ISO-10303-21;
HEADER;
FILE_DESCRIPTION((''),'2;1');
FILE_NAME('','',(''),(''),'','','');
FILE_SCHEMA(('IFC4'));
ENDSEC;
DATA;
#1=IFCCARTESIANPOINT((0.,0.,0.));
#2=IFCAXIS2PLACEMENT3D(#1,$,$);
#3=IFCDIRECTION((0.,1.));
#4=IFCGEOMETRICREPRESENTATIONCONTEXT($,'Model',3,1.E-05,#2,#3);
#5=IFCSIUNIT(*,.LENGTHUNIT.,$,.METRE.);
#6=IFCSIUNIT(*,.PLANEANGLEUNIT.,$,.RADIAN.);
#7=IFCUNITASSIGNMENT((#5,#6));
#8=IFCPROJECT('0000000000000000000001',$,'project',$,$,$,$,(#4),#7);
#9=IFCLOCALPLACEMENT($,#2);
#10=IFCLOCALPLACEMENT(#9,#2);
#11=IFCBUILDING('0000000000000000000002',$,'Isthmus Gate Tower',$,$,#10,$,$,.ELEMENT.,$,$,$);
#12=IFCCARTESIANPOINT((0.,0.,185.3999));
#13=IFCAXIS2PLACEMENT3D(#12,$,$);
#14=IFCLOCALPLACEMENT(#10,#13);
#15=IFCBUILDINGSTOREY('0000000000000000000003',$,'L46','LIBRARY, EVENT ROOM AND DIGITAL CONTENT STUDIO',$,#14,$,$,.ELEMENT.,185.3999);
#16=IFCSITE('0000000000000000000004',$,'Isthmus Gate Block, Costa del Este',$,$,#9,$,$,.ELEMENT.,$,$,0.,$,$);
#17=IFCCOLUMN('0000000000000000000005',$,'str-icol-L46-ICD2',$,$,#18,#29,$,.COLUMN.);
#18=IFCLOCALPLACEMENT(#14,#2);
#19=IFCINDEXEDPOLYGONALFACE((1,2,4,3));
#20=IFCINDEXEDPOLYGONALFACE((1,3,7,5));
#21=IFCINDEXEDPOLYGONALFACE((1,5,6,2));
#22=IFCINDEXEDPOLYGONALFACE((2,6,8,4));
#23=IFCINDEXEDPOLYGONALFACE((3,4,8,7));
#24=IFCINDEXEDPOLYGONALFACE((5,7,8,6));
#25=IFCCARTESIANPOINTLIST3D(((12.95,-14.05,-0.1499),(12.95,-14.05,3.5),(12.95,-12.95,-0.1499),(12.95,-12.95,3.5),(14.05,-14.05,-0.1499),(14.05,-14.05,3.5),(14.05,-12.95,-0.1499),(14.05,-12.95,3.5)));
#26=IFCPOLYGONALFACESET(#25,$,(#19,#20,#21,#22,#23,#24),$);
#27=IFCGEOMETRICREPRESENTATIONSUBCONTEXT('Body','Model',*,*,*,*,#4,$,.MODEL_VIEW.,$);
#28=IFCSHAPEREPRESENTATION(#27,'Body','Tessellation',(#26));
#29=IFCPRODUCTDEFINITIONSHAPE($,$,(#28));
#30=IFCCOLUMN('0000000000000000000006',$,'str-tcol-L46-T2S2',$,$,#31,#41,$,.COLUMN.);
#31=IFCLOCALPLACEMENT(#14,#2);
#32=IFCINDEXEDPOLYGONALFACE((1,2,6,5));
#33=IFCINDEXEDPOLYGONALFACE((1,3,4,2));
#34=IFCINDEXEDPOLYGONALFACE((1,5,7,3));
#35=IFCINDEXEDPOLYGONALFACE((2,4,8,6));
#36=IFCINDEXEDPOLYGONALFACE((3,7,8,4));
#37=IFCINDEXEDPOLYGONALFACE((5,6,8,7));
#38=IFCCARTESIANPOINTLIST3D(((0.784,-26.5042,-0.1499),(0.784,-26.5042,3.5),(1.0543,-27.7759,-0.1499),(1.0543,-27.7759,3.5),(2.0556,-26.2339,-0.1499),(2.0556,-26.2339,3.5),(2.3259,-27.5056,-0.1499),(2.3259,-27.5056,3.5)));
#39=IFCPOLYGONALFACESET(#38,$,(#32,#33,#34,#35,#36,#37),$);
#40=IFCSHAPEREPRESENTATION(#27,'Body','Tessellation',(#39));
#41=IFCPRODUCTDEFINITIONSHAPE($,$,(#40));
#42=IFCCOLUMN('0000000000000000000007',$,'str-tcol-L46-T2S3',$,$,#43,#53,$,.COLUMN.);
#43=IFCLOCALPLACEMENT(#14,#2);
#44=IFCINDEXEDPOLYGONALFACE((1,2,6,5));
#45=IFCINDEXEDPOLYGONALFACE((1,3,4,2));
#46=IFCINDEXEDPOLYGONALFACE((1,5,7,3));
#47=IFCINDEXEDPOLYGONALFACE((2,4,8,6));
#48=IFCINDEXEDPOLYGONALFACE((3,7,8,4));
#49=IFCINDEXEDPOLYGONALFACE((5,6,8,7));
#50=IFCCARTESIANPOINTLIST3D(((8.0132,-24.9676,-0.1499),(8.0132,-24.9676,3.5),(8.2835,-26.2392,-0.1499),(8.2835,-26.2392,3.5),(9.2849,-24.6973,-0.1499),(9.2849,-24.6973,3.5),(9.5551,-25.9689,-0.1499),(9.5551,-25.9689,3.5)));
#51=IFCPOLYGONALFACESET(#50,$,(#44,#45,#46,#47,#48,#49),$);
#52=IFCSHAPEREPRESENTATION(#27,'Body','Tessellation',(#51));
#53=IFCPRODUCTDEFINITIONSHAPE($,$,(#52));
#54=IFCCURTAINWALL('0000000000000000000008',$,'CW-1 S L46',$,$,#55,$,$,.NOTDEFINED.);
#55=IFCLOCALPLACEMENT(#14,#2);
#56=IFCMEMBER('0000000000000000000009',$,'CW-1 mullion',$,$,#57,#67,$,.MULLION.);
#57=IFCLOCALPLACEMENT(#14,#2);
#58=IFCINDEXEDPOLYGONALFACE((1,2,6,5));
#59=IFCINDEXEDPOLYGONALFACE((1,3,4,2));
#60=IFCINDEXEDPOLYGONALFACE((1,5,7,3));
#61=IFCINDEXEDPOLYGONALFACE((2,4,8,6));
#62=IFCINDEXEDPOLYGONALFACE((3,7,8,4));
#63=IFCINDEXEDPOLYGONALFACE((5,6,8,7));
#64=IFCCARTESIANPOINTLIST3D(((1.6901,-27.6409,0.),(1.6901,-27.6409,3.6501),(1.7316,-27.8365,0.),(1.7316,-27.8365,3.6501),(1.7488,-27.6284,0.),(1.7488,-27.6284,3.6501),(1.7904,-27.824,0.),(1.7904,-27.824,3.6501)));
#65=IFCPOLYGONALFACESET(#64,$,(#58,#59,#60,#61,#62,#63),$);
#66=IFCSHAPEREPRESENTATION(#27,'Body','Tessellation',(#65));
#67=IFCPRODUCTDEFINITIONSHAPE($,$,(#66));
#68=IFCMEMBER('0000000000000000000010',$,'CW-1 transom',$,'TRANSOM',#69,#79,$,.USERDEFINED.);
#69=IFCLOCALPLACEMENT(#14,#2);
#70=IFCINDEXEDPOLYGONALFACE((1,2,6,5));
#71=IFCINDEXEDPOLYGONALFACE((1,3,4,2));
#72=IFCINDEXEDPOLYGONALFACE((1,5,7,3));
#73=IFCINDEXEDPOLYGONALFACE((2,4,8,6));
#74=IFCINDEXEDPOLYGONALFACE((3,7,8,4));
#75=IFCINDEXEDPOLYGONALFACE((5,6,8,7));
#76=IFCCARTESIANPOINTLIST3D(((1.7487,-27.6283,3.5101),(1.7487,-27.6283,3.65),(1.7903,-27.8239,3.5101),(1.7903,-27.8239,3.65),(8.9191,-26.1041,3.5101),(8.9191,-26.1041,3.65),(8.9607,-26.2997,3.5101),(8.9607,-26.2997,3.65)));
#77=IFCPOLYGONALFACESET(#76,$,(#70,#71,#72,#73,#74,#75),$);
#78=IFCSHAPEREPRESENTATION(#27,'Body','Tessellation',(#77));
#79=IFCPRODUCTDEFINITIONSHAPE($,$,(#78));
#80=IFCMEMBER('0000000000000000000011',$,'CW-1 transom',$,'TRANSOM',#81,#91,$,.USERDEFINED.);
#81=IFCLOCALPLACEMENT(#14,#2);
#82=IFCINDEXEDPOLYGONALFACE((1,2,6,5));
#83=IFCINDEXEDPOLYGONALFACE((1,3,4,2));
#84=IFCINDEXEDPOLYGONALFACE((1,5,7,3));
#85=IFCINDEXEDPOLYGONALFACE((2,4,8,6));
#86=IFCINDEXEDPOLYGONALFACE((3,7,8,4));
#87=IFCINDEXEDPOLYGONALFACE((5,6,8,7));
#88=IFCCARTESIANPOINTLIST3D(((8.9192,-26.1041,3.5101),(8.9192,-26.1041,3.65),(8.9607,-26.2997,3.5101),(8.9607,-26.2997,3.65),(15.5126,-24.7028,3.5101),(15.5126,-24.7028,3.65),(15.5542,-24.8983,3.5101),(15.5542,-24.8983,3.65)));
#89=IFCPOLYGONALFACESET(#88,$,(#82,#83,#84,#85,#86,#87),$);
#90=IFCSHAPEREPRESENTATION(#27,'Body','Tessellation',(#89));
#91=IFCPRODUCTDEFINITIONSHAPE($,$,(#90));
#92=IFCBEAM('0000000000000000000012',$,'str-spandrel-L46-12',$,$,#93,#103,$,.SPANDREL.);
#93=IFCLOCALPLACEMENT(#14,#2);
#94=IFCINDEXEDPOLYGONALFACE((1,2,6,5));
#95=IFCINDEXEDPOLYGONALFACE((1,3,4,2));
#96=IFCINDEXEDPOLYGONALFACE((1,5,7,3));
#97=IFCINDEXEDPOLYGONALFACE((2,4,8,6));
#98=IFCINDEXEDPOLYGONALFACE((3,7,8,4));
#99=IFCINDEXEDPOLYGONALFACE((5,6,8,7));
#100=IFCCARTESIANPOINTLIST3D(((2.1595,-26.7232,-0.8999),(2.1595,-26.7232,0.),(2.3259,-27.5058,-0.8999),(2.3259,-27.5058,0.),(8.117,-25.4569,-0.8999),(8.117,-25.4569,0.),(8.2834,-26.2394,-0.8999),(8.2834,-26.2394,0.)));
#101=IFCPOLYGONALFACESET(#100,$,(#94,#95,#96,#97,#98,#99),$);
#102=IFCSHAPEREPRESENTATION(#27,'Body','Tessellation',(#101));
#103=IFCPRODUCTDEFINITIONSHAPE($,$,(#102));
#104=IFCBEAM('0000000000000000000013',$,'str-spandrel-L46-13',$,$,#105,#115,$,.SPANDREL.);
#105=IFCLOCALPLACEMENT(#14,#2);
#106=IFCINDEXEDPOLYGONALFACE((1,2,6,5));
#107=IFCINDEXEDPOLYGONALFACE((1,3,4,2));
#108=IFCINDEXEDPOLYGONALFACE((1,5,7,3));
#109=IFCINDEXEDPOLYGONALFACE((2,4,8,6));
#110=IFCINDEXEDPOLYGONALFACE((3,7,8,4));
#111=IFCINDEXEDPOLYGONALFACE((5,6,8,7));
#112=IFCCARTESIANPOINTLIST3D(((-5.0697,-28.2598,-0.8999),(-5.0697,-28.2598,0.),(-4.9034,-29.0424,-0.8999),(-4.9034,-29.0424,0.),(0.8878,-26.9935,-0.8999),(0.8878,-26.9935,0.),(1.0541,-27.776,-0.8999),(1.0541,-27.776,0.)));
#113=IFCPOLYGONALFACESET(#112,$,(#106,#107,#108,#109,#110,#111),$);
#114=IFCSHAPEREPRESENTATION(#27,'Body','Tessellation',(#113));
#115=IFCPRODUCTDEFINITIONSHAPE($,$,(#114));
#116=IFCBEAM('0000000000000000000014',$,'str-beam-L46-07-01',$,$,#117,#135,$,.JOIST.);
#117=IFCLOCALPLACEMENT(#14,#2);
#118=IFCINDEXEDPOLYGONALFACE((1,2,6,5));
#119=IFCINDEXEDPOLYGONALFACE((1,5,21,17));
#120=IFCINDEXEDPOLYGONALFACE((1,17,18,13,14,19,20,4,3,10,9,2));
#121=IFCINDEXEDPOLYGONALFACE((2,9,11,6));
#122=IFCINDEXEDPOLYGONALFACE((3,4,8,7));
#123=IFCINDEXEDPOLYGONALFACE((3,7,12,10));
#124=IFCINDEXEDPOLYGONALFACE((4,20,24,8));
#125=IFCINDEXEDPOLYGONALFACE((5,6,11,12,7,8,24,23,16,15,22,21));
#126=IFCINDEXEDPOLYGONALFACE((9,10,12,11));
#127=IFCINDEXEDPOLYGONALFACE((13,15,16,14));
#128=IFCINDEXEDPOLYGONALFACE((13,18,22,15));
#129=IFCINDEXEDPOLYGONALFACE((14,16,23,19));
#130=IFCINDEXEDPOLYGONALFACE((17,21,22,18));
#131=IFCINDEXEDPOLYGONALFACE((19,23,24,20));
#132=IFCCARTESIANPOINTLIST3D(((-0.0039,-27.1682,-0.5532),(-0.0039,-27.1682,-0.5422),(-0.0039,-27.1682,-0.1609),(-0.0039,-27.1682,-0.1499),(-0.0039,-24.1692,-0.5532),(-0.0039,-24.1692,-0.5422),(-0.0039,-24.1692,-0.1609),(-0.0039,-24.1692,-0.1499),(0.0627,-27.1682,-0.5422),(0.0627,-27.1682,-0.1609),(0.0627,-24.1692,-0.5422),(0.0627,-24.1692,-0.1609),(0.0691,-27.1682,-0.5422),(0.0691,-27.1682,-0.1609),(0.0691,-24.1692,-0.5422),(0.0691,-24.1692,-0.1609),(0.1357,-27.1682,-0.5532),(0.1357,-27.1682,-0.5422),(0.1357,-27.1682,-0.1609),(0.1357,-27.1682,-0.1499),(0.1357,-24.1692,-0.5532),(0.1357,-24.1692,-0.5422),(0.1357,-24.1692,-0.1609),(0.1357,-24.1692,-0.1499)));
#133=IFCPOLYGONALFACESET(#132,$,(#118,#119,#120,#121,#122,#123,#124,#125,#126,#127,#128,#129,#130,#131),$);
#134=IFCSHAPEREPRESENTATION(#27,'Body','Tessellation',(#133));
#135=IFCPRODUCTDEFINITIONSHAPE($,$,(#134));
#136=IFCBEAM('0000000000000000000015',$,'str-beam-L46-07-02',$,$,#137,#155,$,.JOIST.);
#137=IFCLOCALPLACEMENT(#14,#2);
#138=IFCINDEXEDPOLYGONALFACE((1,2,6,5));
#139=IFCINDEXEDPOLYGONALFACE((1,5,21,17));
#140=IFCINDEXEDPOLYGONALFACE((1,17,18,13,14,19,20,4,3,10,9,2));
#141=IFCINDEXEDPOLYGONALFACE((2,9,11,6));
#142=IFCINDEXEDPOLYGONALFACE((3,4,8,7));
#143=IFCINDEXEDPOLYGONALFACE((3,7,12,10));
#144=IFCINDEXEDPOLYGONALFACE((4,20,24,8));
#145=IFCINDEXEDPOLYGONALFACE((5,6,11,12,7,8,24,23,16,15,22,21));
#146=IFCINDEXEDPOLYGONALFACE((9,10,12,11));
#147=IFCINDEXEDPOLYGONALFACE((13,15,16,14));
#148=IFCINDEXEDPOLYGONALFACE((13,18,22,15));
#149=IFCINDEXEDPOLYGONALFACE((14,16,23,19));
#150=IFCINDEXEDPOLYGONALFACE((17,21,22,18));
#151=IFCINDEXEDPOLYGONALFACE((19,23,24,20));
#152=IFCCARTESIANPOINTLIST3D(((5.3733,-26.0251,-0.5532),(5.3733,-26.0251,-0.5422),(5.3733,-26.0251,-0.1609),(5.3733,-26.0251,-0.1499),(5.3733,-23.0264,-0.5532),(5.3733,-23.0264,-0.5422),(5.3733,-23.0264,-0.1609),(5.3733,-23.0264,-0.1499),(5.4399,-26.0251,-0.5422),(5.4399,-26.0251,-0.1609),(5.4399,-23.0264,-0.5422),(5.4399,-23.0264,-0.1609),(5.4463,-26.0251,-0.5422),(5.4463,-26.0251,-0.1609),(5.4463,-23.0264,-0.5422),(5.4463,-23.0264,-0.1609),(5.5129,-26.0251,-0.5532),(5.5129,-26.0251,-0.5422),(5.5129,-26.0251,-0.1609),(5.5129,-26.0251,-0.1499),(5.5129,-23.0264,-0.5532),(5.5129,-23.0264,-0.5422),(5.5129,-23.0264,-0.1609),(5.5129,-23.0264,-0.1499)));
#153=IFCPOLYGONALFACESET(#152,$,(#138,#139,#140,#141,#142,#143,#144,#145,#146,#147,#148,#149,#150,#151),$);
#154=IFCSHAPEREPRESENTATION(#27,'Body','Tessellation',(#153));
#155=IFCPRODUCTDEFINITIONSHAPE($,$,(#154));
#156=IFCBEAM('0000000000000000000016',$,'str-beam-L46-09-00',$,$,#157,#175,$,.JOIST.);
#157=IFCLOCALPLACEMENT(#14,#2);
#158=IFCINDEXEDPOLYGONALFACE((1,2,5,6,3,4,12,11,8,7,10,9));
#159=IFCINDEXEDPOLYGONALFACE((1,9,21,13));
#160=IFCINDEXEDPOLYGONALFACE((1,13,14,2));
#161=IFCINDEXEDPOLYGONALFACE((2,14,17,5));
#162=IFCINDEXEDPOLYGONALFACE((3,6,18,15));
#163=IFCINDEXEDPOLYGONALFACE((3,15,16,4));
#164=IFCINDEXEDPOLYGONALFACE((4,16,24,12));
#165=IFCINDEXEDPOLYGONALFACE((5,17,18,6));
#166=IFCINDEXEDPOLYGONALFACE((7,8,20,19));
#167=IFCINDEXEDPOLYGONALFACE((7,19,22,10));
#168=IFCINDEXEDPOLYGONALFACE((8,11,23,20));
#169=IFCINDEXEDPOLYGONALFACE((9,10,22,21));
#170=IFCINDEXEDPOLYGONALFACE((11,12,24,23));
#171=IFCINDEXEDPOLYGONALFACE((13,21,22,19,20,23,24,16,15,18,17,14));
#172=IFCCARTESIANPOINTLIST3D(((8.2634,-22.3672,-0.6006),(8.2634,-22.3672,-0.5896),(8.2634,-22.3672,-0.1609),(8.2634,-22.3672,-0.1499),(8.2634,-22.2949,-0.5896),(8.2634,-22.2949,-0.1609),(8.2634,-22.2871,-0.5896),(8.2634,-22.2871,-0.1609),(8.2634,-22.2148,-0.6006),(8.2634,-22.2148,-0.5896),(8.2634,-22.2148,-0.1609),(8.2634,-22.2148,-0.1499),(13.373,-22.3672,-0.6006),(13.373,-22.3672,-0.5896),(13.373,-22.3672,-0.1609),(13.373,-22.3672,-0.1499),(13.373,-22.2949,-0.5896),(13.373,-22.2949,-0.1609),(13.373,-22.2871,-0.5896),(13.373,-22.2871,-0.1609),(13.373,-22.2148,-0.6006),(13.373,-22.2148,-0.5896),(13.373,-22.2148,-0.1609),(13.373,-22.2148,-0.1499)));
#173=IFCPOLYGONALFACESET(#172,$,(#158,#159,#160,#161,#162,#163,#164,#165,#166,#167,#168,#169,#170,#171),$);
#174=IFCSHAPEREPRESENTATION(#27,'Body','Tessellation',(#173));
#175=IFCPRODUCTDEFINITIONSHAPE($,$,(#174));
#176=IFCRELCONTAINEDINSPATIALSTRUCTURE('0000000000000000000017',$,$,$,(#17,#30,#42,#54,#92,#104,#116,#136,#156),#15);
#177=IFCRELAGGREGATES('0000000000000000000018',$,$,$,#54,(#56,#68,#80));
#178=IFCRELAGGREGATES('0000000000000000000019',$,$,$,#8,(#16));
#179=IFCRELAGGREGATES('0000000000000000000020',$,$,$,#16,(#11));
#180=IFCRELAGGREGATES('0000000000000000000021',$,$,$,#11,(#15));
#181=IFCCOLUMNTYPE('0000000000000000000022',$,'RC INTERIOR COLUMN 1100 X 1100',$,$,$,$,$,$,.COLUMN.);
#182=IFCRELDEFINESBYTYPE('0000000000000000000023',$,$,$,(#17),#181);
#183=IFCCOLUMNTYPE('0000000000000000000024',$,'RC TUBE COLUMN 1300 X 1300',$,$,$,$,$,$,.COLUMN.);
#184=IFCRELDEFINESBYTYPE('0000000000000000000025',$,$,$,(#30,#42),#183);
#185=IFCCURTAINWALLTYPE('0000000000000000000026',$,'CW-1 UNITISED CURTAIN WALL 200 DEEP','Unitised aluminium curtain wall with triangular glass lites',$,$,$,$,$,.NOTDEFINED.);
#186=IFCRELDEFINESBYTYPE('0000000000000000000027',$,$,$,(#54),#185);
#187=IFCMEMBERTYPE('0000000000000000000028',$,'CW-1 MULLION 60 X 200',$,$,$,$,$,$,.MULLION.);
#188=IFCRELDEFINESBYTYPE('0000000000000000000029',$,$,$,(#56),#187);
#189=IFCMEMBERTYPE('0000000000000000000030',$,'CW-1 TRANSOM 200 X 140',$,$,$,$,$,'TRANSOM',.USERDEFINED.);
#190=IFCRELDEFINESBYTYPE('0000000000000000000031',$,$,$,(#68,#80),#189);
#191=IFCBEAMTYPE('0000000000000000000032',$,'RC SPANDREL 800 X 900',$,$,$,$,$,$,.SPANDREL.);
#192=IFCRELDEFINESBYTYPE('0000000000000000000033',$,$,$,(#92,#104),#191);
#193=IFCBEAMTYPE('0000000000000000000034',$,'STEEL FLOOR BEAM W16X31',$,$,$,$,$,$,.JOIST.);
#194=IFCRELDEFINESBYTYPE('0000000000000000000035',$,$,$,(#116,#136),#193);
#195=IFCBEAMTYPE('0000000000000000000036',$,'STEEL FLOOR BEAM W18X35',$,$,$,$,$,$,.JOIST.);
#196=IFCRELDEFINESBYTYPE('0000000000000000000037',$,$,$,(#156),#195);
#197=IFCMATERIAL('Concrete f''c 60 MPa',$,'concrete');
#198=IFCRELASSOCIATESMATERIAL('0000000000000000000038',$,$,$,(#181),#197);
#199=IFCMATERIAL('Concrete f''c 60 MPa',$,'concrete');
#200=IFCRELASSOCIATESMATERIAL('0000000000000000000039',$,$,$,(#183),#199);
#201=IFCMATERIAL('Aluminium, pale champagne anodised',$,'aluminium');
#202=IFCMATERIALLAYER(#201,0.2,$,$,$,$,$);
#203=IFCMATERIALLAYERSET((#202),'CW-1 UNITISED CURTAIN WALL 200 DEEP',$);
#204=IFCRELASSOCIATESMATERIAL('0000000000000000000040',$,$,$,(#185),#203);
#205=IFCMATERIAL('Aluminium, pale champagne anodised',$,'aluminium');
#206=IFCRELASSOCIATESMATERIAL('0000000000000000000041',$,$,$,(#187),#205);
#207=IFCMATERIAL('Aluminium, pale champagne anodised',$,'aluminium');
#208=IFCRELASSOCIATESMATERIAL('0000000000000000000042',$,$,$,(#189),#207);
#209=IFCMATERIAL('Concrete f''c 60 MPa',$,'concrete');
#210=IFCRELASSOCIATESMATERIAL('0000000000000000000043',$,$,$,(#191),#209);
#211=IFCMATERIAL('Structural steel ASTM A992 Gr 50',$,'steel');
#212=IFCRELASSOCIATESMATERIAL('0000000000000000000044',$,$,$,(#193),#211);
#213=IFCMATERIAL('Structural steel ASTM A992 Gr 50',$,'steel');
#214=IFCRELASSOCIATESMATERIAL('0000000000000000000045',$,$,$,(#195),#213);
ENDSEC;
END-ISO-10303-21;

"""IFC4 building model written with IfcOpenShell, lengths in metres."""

from ifc_helpers import new_model, si_unit, direction, frame, origin, origin_2d, place, context, subcontext, project, spatial, rectangle, i_section, extrude, material, layer, layer_set, material_profile, profile_set, type_object, element, aggregate, save


model = new_model("IFC4")

# Units and contexts
model_context = context("Model", 3, precision=1e-05, world=origin(), true_north=direction((0.0, 1.0)))
body_context = subcontext(model_context, "Body", "Model", "MODEL_VIEW")
ifc_project = project(units=[si_unit("LENGTHUNIT", "METRE"), si_unit("PLANEANGLEUNIT", "RADIAN")], contexts=[model_context])

# Site, building, storey
site_placement = place(None, origin())
site = spatial("IfcSite", under=ifc_project, at=site_placement, Name="Isthmus Gate Block, Costa del Este", CompositionType="ELEMENT", RefElevation=0.0)
building_placement = place(site_placement, origin())
building = spatial("IfcBuilding", under=site, at=building_placement, Name="Isthmus Gate Tower", CompositionType="ELEMENT")
storey_placement = place(building_placement, frame((0.0, 0.0, 185.3999)))
storey = spatial("IfcBuildingStorey", under=building, at=storey_placement, Name="L46", Description="LIBRARY, EVENT ROOM AND DIGITAL CONTENT STUDIO", CompositionType="ELEMENT", Elevation=185.3999)

# Columns
ifc_material_1 = material(Name="Concrete f'c 60 MPa", Category="concrete")
ifc_material_profile_1 = material_profile(ifc_material_1, rectangle(XDim=1.1001, YDim=1.1001, at=origin_2d()), Name="RC 1100X1100")
ifc_profile_set_1 = profile_set([ifc_material_profile_1], Name="Concrete f'c 60 MPa")
column_type_1 = type_object("IfcColumnType", Name="RC INTERIOR COLUMN 1100 X 1100", PredefinedType="COLUMN", material=ifc_profile_set_1)
column_placement = place(storey_placement, frame((13.5, -13.5, -0.1499), z_axis=(0.0, 0.0, 1.0), x_axis=(1.0, 0.0, 0.0)))
element("IfcColumn", 1, at=column_placement, inside=storey, type_object=column_type_1, Name="str-icol-L46-ICD2", PredefinedType="COLUMN", context=body_context, shape_type="SweptSolid", body=[
    extrude(rectangle(XDim=1.1001, YDim=1.1001, at=origin_2d()), origin(), (0.0, 0.0, 1.0), 3.6499),
])
ifc_material_2 = material(Name="Concrete f'c 60 MPa", Category="concrete")
ifc_material_profile_2 = material_profile(ifc_material_2, rectangle(XDim=1.3, YDim=1.3, at=origin_2d()), Name="RC 1300X1300")
ifc_profile_set_2 = profile_set([ifc_material_profile_2], Name="Concrete f'c 60 MPa")
column_type_2 = type_object("IfcColumnType", Name="RC TUBE COLUMN 1300 X 1300", PredefinedType="COLUMN", material=ifc_profile_set_2)
for number, where, z_axis, x_axis, name in (
    (2, (1.5549, -27.0049, -0.1499), (0.0, 0.0, 1.0), (0.978148, 0.207912, 0.0), "str-tcol-L46-T2S2"),
    (3, (8.7842, -25.4683, -0.1499), (0.0, 0.0, 1.0), (0.978148, 0.207912, 0.0), "str-tcol-L46-T2S3"),
):
    element("IfcColumn", number, at=place(storey_placement, frame(where, z_axis=z_axis, x_axis=x_axis)), inside=storey, type_object=column_type_2, Name=name, PredefinedType="COLUMN", context=body_context, shape_type="SweptSolid", body=[
        extrude(rectangle(XDim=1.3, YDim=1.3, at=origin_2d()), origin(), (0.0, 0.0, 1.0), 3.6499),
    ])

# Curtain wall, members
ifc_material_3 = material(Name="Aluminium, pale champagne anodised", Category="aluminium")
ifc_layer_1 = layer(ifc_material_3, 0.2)
ifc_layer_set_1 = layer_set([ifc_layer_1], Name="CW-1 UNITISED CURTAIN WALL 200 DEEP")
curtain_wall_type = type_object("IfcCurtainWallType", Name="CW-1 UNITISED CURTAIN WALL 200 DEEP", Description="Unitised aluminium curtain wall with triangular glass lites", PredefinedType="NOTDEFINED", material=ifc_layer_set_1)
curtain_wall_placement = place(storey_placement, origin())
curtain_wall = element("IfcCurtainWall", 4, at=curtain_wall_placement, inside=storey, type_object=curtain_wall_type, Name="CW-1 S L46", PredefinedType="NOTDEFINED")
ifc_material_4 = material(Name="Aluminium, pale champagne anodised", Category="aluminium")
ifc_material_profile_3 = material_profile(ifc_material_4, rectangle(XDim=0.0601, YDim=0.2, at=origin_2d()), Name="60x200")
ifc_profile_set_3 = profile_set([ifc_material_profile_3], Name="Aluminium, pale champagne anodised")
member_type_1 = type_object("IfcMemberType", Name="CW-1 MULLION 60 X 200", PredefinedType="MULLION", material=ifc_profile_set_3)
member_1_placement = place(storey_placement, frame((1.7402, -27.7324, 0.0), z_axis=(0.0, 0.0, 1.0), x_axis=(0.978148, 0.207912, 0.0)))
member_1 = element("IfcMember", 5, at=member_1_placement, type_object=member_type_1, Name="CW-1 mullion", PredefinedType="MULLION", context=body_context, shape_type="SweptSolid", body=[
    extrude(rectangle(XDim=0.0601, YDim=0.2, at=origin_2d()), origin(), (0.0, 0.0, 1.0), 3.6501),
])
ifc_material_5 = material(Name="Aluminium, pale champagne anodised", Category="aluminium")
ifc_material_profile_4 = material_profile(ifc_material_5, rectangle(XDim=0.2, YDim=0.1399, at=origin_2d()), Name="200x140")
ifc_profile_set_4 = profile_set([ifc_material_profile_4], Name="Aluminium, pale champagne anodised")
member_type_2 = type_object("IfcMemberType", Name="CW-1 TRANSOM 200 X 140", ElementType="TRANSOM", PredefinedType="USERDEFINED", material=ifc_profile_set_4)
member_2_placement = place(storey_placement, frame((1.7695, -27.7261, 3.5801), z_axis=(0.978146, 0.207919, 0.0), x_axis=(-0.207919, 0.978146, 0.0)))
member_2 = element("IfcMember", 6, at=member_2_placement, type_object=member_type_2, Name="CW-1 transom", ObjectType="TRANSOM", PredefinedType="USERDEFINED", context=body_context, shape_type="SweptSolid", body=[
    extrude(rectangle(XDim=0.2, YDim=0.1399, at=origin_2d()), origin(), (0.0, 0.0, 1.0), 7.3306),
])
member_3_placement = place(storey_placement, frame((8.9399, -26.2019, 3.5801), z_axis=(0.978151, 0.207894, 0.0), x_axis=(-0.207894, 0.978151, 0.0)))
member_3 = element("IfcMember", 7, at=member_3_placement, type_object=member_type_2, Name="CW-1 transom", ObjectType="TRANSOM", PredefinedType="USERDEFINED", context=body_context, shape_type="SweptSolid", body=[
    extrude(rectangle(XDim=0.2, YDim=0.1399, at=origin_2d()), origin(), (0.0, 0.0, 1.0), 6.7407),
])

# Beams
ifc_material_6 = material(Name="Concrete f'c 60 MPa", Category="concrete")
ifc_material_profile_5 = material_profile(ifc_material_6, rectangle(XDim=0.8, YDim=0.8999, at=origin_2d()), Name="RC 800X900")
ifc_profile_set_5 = profile_set([ifc_material_profile_5], Name="Concrete f'c 60 MPa")
beam_type_1 = type_object("IfcBeamType", Name="RC SPANDREL 800 X 900", PredefinedType="SPANDREL", material=ifc_profile_set_5)
for number, where, z_axis, x_axis, name in (
    (8, (8.2002, -25.8481, -0.45), (-0.978146, -0.207919, 0.0), (0.207919, -0.978146, 0.0), "str-spandrel-L46-12"),
    (9, (0.9709, -27.3848, -0.45), (-0.978146, -0.207919, 0.0), (0.207919, -0.978146, 0.0), "str-spandrel-L46-13"),
):
    element("IfcBeam", number, at=place(storey_placement, frame(where, z_axis=z_axis, x_axis=x_axis)), inside=storey, type_object=beam_type_1, Name=name, PredefinedType="SPANDREL", context=body_context, shape_type="SweptSolid", body=[
        extrude(rectangle(XDim=0.8, YDim=0.8999, at=origin_2d()), origin(), (0.0, 0.0, 1.0), 6.0906),
    ])
ifc_material_7 = material(Name="Structural steel ASTM A992 Gr 50", Category="steel")
ifc_material_profile_6 = material_profile(ifc_material_7, i_section(OverallWidth=0.1396, OverallDepth=0.4033, WebThickness=0.0063, FlangeThickness=0.011, at=origin_2d()), Name="W16X31")
ifc_profile_set_6 = profile_set([ifc_material_profile_6], Name="Structural steel ASTM A992 Gr 50")
beam_type_2 = type_object("IfcBeamType", Name="STEEL FLOOR BEAM W16X31", PredefinedType="JOIST", material=ifc_profile_set_6)
beam_1_placement = place(storey_placement, frame((0.0659, -27.1682, -0.3516), z_axis=(0.0, 1.0, 0.0), x_axis=(-1.0, 0.0, 0.0)))
element("IfcBeam", 10, at=beam_1_placement, inside=storey, type_object=beam_type_2, Name="str-beam-L46-07-01", PredefinedType="JOIST", context=body_context, shape_type="SweptSolid", body=[
    extrude(i_section(OverallWidth=0.1396, OverallDepth=0.4033, WebThickness=0.0063, FlangeThickness=0.011, at=origin_2d()), origin(), (0.0, 0.0, 1.0), 2.999),
])
beam_2_placement = place(storey_placement, frame((5.4431, -26.0251, -0.3516), z_axis=(0.0, 1.0, 0.0), x_axis=(-1.0, 0.0, 0.0)))
element("IfcBeam", 11, at=beam_2_placement, inside=storey, type_object=beam_type_2, Name="str-beam-L46-07-02", PredefinedType="JOIST", context=body_context, shape_type="SweptSolid", body=[
    extrude(i_section(OverallWidth=0.1396, OverallDepth=0.4033, WebThickness=0.0063, FlangeThickness=0.011, at=origin_2d()), origin(), (0.0, 0.0, 1.0), 2.9988),
])
ifc_material_8 = material(Name="Structural steel ASTM A992 Gr 50", Category="steel")
ifc_material_profile_7 = material_profile(ifc_material_8, i_section(OverallWidth=0.1523, OverallDepth=0.4507, WebThickness=0.0078, FlangeThickness=0.011, at=origin_2d()), Name="W18X35")
ifc_profile_set_7 = profile_set([ifc_material_profile_7], Name="Structural steel ASTM A992 Gr 50")
beam_type_3 = type_object("IfcBeamType", Name="STEEL FLOOR BEAM W18X35", PredefinedType="JOIST", material=ifc_profile_set_7)
for number, where, z_axis, x_axis, name in (
    (12, (8.2634, -22.291, -0.3752), (1.0, 0.0, 0.0), (0.0, 1.0, 0.0), "str-beam-L46-09-00"),
):
    element("IfcBeam", number, at=place(storey_placement, frame(where, z_axis=z_axis, x_axis=x_axis)), inside=storey, type_object=beam_type_3, Name=name, PredefinedType="JOIST", context=body_context, shape_type="SweptSolid", body=[
        extrude(i_section(OverallWidth=0.1523, OverallDepth=0.4507, WebThickness=0.0078, FlangeThickness=0.011, at=origin_2d()), origin(), (0.0, 0.0, 1.0), 5.1096),
    ])

aggregate(curtain_wall, [member_1, member_2, member_3])

save(model, "model.ifc")
